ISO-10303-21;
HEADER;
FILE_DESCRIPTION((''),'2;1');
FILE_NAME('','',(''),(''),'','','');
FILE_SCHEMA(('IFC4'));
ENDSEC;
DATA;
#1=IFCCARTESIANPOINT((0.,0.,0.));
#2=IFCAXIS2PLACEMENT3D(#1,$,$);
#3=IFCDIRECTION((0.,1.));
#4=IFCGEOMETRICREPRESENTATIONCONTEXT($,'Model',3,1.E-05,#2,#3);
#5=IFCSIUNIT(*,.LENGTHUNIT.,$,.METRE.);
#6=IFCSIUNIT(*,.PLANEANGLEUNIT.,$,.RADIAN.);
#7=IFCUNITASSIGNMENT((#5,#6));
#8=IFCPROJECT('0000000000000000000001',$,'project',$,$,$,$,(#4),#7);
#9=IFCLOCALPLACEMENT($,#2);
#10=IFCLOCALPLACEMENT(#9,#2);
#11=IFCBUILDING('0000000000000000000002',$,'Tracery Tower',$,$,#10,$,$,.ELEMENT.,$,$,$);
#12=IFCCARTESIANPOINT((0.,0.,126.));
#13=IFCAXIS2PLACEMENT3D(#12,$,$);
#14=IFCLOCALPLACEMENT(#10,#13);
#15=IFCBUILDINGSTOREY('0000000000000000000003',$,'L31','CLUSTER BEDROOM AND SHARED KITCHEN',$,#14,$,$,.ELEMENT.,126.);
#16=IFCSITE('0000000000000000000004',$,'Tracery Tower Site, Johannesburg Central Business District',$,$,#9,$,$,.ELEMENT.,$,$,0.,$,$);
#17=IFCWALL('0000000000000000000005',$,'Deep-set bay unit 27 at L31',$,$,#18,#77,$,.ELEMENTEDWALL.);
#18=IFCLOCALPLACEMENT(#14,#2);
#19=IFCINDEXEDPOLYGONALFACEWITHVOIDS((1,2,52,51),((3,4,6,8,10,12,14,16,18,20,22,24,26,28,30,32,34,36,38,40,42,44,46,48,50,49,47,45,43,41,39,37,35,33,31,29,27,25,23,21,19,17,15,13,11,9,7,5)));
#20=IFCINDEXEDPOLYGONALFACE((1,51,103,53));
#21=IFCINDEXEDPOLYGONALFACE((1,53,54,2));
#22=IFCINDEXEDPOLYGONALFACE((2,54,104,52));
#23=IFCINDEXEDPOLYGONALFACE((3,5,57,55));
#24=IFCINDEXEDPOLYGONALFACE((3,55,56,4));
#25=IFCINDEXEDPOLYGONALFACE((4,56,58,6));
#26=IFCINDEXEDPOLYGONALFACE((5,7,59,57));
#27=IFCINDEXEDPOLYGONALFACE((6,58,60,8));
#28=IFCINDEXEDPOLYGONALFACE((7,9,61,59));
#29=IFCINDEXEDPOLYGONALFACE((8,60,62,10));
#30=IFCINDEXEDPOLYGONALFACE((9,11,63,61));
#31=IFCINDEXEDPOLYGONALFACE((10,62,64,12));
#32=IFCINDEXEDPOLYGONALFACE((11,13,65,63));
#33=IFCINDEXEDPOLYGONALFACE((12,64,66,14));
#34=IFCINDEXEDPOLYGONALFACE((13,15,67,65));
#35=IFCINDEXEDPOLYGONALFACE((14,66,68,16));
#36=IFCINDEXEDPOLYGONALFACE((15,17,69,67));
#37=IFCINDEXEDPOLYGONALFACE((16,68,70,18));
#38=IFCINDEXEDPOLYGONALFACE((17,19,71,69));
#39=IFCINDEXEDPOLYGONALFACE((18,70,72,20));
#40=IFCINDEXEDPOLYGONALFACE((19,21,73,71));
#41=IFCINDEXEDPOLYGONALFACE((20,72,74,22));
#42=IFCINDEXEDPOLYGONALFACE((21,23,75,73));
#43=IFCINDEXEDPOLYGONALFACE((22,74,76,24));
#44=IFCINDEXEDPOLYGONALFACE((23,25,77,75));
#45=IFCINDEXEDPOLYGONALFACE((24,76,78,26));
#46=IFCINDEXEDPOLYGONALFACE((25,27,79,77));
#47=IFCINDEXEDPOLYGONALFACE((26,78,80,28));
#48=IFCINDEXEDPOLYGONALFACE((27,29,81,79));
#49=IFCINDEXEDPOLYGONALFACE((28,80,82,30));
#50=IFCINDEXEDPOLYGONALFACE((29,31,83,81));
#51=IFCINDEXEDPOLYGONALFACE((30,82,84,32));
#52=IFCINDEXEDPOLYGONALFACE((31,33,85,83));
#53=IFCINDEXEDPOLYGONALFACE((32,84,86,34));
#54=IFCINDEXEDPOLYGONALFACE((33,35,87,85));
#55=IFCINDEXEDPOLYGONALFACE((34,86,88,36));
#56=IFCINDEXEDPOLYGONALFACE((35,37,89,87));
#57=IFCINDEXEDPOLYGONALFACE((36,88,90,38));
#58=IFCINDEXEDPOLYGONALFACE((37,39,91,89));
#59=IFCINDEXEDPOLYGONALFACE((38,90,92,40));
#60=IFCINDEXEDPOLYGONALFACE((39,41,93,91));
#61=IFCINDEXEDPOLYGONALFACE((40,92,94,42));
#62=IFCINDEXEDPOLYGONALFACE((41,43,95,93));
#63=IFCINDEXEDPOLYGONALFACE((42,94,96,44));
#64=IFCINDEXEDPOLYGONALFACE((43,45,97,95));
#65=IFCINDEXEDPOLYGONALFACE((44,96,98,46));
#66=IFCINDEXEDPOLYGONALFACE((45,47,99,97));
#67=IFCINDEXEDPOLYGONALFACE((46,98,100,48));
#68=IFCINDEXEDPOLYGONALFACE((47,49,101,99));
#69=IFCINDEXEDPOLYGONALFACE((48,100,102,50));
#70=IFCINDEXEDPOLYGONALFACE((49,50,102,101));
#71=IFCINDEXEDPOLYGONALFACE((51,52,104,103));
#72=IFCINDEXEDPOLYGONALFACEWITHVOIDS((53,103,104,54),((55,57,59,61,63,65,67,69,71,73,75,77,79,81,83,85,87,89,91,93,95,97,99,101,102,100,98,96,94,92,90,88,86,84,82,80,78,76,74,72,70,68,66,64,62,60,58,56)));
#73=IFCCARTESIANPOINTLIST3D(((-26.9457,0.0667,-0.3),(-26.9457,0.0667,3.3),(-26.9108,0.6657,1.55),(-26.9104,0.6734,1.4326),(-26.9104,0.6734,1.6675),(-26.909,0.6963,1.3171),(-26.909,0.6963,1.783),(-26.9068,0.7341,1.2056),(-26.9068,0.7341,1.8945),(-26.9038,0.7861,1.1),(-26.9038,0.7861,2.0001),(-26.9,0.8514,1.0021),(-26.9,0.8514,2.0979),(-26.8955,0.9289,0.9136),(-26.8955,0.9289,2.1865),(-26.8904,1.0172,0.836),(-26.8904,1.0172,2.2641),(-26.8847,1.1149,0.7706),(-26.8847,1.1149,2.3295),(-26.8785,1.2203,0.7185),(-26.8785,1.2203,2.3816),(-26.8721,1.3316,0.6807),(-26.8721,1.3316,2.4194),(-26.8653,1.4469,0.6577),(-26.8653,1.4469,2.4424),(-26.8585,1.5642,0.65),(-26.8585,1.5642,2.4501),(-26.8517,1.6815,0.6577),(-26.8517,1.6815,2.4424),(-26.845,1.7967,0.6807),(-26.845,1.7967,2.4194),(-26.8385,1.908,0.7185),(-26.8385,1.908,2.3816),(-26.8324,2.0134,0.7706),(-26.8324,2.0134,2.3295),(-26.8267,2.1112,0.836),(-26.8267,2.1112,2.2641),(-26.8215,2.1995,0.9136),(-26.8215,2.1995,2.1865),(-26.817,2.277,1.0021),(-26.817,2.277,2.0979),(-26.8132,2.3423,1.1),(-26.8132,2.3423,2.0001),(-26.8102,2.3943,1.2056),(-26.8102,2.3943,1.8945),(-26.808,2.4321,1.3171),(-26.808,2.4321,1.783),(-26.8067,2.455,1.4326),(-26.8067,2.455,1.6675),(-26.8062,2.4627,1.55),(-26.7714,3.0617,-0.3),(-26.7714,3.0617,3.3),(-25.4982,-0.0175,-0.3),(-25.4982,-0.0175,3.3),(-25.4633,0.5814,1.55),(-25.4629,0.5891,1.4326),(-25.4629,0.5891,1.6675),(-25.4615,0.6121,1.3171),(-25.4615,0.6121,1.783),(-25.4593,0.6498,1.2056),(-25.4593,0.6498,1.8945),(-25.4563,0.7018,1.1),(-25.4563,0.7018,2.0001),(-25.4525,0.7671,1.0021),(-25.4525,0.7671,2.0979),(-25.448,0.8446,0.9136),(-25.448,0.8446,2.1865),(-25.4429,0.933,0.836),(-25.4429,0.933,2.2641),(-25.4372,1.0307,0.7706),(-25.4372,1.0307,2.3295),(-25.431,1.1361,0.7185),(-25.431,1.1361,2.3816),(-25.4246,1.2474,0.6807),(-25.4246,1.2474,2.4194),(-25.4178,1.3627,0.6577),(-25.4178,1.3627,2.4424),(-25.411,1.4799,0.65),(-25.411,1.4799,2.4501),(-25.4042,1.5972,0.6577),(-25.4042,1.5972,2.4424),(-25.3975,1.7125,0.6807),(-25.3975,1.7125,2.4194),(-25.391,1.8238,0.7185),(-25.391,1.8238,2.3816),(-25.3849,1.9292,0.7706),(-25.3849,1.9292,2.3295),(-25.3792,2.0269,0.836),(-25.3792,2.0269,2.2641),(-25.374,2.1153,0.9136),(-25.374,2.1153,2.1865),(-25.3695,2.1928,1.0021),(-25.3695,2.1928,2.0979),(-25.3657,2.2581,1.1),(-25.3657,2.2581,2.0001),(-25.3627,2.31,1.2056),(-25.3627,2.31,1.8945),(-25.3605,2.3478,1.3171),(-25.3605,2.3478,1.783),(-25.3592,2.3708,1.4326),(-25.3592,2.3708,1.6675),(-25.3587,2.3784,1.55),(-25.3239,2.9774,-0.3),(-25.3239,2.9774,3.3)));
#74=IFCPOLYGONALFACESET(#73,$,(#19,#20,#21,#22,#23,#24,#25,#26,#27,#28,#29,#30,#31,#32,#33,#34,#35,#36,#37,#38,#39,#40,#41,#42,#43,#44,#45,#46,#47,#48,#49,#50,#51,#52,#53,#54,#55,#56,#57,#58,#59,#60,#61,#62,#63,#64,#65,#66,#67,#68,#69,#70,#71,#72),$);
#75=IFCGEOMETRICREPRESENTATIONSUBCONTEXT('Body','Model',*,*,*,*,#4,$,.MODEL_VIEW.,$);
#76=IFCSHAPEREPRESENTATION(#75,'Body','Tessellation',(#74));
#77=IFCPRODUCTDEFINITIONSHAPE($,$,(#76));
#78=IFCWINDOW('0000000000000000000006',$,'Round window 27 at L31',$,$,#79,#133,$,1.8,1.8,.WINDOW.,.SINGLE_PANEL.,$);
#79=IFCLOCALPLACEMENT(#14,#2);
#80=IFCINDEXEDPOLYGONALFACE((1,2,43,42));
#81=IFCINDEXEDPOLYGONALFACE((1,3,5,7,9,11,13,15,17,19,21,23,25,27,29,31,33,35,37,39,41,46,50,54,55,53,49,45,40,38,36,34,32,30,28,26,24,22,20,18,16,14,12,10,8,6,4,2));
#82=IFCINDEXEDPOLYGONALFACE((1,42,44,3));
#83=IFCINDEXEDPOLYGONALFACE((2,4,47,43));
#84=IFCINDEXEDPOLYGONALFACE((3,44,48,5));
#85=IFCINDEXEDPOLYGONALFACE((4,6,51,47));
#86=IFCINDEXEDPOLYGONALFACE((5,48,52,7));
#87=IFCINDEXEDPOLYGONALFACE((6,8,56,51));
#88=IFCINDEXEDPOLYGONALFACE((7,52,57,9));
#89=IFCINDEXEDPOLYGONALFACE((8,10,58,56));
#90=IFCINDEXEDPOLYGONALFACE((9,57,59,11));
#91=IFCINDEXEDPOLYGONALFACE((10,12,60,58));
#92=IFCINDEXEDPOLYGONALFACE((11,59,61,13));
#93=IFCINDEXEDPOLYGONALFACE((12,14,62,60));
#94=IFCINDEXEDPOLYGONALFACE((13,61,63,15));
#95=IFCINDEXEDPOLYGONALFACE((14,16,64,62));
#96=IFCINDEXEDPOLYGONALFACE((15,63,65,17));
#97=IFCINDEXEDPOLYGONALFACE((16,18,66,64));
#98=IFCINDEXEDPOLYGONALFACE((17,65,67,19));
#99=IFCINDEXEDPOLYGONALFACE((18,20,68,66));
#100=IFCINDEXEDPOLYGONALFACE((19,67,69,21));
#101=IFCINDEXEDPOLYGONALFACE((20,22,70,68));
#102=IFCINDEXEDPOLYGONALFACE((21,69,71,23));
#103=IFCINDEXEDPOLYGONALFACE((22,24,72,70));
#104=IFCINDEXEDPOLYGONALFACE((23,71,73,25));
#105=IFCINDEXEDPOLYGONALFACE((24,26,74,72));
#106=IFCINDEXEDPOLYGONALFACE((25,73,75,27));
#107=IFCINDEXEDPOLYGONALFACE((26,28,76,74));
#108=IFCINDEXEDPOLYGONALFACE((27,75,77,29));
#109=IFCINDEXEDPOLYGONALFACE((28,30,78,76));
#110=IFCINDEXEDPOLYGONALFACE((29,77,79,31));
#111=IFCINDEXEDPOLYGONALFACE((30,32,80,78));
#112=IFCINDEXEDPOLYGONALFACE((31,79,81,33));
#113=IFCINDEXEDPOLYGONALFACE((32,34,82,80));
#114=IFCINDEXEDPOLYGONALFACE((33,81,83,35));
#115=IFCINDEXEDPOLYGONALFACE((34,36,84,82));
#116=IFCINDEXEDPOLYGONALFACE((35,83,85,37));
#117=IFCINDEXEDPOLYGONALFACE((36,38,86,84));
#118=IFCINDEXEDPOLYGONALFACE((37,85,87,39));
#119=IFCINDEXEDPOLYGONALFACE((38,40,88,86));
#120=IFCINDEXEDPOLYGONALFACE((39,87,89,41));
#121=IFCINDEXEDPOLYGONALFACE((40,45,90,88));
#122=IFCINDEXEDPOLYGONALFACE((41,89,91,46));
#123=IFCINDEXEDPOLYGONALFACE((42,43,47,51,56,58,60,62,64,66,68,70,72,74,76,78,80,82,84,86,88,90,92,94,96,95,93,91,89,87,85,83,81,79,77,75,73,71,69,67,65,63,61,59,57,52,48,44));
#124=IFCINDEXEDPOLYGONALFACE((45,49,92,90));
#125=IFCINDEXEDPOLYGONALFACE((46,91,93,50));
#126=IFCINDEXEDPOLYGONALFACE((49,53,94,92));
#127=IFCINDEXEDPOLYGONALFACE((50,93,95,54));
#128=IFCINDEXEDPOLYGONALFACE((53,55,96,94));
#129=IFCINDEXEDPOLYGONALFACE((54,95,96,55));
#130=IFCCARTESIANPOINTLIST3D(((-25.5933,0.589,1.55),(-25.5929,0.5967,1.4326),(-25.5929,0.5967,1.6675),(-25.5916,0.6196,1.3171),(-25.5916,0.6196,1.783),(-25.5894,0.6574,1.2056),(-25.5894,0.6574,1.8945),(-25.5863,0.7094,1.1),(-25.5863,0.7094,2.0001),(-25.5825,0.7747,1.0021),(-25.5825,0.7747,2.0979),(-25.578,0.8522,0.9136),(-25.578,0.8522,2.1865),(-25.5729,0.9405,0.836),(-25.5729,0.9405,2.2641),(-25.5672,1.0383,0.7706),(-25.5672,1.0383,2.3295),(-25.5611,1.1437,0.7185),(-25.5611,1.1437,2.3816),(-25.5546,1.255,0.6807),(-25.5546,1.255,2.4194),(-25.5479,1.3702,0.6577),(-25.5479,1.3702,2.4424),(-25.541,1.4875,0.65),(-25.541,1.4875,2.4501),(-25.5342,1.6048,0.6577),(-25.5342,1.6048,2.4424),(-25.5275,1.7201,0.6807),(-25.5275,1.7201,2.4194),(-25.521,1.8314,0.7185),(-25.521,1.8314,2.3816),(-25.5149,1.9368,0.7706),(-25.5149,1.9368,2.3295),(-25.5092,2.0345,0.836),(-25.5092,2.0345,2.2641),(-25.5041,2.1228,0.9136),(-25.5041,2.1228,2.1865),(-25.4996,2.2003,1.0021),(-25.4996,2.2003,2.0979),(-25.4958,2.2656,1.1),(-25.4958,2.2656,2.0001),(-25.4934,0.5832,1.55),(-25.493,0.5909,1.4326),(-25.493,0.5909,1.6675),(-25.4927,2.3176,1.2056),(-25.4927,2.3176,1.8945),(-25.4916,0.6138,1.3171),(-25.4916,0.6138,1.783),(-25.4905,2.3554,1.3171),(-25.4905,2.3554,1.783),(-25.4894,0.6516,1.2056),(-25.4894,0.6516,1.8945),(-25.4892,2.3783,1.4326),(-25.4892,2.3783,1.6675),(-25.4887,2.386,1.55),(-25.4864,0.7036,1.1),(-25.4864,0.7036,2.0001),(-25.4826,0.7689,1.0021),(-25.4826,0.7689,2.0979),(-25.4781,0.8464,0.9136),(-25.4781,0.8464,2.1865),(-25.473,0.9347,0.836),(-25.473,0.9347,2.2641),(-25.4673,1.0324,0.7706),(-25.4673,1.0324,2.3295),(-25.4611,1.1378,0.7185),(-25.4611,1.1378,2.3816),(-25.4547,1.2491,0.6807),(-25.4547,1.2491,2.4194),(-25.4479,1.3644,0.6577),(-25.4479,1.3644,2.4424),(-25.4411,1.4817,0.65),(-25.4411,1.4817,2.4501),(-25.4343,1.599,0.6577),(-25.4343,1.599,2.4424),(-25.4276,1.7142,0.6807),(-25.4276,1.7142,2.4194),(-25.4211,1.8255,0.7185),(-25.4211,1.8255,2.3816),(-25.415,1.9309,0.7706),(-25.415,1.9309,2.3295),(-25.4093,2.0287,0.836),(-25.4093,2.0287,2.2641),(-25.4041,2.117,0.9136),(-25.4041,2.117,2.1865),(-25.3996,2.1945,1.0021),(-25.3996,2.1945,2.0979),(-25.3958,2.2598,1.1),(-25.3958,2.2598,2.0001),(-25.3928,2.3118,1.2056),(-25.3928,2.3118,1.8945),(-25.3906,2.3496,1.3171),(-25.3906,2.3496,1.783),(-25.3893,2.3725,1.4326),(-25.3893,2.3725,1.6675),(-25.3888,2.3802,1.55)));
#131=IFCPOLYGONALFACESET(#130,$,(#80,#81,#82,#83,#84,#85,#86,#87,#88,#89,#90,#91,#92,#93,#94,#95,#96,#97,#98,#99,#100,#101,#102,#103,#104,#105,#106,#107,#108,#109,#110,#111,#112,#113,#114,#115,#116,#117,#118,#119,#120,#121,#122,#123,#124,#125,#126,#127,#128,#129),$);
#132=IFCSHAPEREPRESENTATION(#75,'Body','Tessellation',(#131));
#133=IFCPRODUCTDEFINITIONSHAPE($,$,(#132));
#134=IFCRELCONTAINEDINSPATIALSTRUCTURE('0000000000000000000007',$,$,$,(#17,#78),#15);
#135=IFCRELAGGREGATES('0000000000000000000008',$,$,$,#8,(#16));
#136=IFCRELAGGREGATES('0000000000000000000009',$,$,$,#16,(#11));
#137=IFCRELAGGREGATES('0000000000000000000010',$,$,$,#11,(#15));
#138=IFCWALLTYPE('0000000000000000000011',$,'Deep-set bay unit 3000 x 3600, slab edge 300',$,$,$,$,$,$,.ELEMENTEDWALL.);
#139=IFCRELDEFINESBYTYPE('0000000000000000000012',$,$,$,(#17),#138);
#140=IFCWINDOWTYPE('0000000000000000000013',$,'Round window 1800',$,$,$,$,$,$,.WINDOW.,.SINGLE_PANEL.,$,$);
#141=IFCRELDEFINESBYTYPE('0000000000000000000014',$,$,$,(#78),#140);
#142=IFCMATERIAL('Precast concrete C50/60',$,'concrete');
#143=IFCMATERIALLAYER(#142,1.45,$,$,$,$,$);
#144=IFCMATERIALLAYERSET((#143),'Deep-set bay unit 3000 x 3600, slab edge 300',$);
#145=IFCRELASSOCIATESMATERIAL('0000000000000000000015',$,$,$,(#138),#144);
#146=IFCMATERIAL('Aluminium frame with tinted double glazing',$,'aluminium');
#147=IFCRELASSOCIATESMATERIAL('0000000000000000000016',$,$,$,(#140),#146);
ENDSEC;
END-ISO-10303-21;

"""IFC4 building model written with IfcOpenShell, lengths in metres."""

from ifc_helpers import new_model, si_unit, direction, frame, frame_2d, origin, origin_2d, place, context, subcontext, project, spatial, rectangle, circle, extrude, material, layer, layer_set, type_object, element, fill, save


model = new_model("IFC4")

# Units and contexts
model_context = context("Model", 3, precision=1e-05, world=origin(), true_north=direction((0.0, 1.0)))
body_context = subcontext(model_context, "Body", "Model", "MODEL_VIEW")
ifc_project = project(units=[si_unit("LENGTHUNIT", "METRE"), si_unit("PLANEANGLEUNIT", "RADIAN")], contexts=[model_context])

# Site, building, storey
site_placement = place(None, origin())
site = spatial("IfcSite", under=ifc_project, at=site_placement, Name="Tracery Tower Site, Johannesburg Central Business District", CompositionType="ELEMENT", RefElevation=0.0)
building_placement = place(site_placement, origin())
building = spatial("IfcBuilding", under=site, at=building_placement, Name="Tracery Tower", CompositionType="ELEMENT")
storey_placement = place(building_placement, frame((0.0, 0.0, 126.0)))
storey = spatial("IfcBuildingStorey", under=building, at=storey_placement, Name="L31", Description="CLUSTER BEDROOM AND SHARED KITCHEN", CompositionType="ELEMENT", Elevation=126.0)

# Wall, opening, window
ifc_material_1 = material(Name="Precast concrete C50/60", Category="concrete")
ifc_layer_1 = layer(ifc_material_1, 1.45)
ifc_layer_set_1 = layer_set([ifc_layer_1], Name="Deep-set bay unit 3000 x 3600, slab edge 300")
wall_type_1 = type_object("IfcWallType", Name="Deep-set bay unit 3000 x 3600, slab edge 300", PredefinedType="ELEMENTEDWALL", material=ifc_layer_set_1)
ifc_material_2 = material(Name="Aluminium frame with tinted double glazing", Category="aluminium")
window_type = type_object("IfcWindowType", Name="Round window 1800", PartitioningType="SINGLE_PANEL", PredefinedType="WINDOW", material=ifc_material_2)
wall_1_placement = place(storey_placement, frame((-26.0476, 3.0195, -0.3), z_axis=(0.0, 0.0, 1.0), x_axis=(-0.058107, -0.99831, 0.0)))
wall_1 = element("IfcWall", 1, at=wall_1_placement, inside=storey, type_object=wall_type_1, Name="Deep-set bay unit 27 at L31", PredefinedType="ELEMENTEDWALL", context=body_context, shape_type="SweptSolid", body=[
    extrude(rectangle(XDim=3.0, YDim=1.45, at=frame_2d((1.5, 0.0))), origin(), (0.0, 0.0, 1.0), 3.6001),
])
opening_1_placement = place(wall_1_placement, frame((1.5, 0.0, 1.8501)))
opening_1 = element("IfcOpeningElement", 2, at=opening_1_placement, cuts=wall_1, PredefinedType="OPENING", context=body_context, shape_type="SweptSolid", body=[
    extrude(circle(Radius=0.9, at=origin_2d()), frame((0.0, 0.7349, 0.0), z_axis=(0.0, -1.0, 0.0), x_axis=(1.0, 0.0, 0.0)), (0.0, 0.0, 1.0), 1.47),
])
window_1_placement = place(opening_1_placement, origin())
window_1 = element("IfcWindow", 3, at=window_1_placement, inside=storey, type_object=window_type, Name="Round window 27 at L31", OverallHeight=1.8, OverallWidth=1.8, PartitioningType="SINGLE_PANEL", PredefinedType="WINDOW", context=body_context, shape_type="SweptSolid", body=[
    extrude(circle(Radius=0.9, at=origin_2d()), frame((0.0, 0.6948, 0.0), z_axis=(0.0, -1.0, 0.0), x_axis=(1.0, 0.0, 0.0)), (0.0, 0.0, 1.0), 0.1001),
])
fill(opening_1, window_1)

save(model, "model.ifc")
